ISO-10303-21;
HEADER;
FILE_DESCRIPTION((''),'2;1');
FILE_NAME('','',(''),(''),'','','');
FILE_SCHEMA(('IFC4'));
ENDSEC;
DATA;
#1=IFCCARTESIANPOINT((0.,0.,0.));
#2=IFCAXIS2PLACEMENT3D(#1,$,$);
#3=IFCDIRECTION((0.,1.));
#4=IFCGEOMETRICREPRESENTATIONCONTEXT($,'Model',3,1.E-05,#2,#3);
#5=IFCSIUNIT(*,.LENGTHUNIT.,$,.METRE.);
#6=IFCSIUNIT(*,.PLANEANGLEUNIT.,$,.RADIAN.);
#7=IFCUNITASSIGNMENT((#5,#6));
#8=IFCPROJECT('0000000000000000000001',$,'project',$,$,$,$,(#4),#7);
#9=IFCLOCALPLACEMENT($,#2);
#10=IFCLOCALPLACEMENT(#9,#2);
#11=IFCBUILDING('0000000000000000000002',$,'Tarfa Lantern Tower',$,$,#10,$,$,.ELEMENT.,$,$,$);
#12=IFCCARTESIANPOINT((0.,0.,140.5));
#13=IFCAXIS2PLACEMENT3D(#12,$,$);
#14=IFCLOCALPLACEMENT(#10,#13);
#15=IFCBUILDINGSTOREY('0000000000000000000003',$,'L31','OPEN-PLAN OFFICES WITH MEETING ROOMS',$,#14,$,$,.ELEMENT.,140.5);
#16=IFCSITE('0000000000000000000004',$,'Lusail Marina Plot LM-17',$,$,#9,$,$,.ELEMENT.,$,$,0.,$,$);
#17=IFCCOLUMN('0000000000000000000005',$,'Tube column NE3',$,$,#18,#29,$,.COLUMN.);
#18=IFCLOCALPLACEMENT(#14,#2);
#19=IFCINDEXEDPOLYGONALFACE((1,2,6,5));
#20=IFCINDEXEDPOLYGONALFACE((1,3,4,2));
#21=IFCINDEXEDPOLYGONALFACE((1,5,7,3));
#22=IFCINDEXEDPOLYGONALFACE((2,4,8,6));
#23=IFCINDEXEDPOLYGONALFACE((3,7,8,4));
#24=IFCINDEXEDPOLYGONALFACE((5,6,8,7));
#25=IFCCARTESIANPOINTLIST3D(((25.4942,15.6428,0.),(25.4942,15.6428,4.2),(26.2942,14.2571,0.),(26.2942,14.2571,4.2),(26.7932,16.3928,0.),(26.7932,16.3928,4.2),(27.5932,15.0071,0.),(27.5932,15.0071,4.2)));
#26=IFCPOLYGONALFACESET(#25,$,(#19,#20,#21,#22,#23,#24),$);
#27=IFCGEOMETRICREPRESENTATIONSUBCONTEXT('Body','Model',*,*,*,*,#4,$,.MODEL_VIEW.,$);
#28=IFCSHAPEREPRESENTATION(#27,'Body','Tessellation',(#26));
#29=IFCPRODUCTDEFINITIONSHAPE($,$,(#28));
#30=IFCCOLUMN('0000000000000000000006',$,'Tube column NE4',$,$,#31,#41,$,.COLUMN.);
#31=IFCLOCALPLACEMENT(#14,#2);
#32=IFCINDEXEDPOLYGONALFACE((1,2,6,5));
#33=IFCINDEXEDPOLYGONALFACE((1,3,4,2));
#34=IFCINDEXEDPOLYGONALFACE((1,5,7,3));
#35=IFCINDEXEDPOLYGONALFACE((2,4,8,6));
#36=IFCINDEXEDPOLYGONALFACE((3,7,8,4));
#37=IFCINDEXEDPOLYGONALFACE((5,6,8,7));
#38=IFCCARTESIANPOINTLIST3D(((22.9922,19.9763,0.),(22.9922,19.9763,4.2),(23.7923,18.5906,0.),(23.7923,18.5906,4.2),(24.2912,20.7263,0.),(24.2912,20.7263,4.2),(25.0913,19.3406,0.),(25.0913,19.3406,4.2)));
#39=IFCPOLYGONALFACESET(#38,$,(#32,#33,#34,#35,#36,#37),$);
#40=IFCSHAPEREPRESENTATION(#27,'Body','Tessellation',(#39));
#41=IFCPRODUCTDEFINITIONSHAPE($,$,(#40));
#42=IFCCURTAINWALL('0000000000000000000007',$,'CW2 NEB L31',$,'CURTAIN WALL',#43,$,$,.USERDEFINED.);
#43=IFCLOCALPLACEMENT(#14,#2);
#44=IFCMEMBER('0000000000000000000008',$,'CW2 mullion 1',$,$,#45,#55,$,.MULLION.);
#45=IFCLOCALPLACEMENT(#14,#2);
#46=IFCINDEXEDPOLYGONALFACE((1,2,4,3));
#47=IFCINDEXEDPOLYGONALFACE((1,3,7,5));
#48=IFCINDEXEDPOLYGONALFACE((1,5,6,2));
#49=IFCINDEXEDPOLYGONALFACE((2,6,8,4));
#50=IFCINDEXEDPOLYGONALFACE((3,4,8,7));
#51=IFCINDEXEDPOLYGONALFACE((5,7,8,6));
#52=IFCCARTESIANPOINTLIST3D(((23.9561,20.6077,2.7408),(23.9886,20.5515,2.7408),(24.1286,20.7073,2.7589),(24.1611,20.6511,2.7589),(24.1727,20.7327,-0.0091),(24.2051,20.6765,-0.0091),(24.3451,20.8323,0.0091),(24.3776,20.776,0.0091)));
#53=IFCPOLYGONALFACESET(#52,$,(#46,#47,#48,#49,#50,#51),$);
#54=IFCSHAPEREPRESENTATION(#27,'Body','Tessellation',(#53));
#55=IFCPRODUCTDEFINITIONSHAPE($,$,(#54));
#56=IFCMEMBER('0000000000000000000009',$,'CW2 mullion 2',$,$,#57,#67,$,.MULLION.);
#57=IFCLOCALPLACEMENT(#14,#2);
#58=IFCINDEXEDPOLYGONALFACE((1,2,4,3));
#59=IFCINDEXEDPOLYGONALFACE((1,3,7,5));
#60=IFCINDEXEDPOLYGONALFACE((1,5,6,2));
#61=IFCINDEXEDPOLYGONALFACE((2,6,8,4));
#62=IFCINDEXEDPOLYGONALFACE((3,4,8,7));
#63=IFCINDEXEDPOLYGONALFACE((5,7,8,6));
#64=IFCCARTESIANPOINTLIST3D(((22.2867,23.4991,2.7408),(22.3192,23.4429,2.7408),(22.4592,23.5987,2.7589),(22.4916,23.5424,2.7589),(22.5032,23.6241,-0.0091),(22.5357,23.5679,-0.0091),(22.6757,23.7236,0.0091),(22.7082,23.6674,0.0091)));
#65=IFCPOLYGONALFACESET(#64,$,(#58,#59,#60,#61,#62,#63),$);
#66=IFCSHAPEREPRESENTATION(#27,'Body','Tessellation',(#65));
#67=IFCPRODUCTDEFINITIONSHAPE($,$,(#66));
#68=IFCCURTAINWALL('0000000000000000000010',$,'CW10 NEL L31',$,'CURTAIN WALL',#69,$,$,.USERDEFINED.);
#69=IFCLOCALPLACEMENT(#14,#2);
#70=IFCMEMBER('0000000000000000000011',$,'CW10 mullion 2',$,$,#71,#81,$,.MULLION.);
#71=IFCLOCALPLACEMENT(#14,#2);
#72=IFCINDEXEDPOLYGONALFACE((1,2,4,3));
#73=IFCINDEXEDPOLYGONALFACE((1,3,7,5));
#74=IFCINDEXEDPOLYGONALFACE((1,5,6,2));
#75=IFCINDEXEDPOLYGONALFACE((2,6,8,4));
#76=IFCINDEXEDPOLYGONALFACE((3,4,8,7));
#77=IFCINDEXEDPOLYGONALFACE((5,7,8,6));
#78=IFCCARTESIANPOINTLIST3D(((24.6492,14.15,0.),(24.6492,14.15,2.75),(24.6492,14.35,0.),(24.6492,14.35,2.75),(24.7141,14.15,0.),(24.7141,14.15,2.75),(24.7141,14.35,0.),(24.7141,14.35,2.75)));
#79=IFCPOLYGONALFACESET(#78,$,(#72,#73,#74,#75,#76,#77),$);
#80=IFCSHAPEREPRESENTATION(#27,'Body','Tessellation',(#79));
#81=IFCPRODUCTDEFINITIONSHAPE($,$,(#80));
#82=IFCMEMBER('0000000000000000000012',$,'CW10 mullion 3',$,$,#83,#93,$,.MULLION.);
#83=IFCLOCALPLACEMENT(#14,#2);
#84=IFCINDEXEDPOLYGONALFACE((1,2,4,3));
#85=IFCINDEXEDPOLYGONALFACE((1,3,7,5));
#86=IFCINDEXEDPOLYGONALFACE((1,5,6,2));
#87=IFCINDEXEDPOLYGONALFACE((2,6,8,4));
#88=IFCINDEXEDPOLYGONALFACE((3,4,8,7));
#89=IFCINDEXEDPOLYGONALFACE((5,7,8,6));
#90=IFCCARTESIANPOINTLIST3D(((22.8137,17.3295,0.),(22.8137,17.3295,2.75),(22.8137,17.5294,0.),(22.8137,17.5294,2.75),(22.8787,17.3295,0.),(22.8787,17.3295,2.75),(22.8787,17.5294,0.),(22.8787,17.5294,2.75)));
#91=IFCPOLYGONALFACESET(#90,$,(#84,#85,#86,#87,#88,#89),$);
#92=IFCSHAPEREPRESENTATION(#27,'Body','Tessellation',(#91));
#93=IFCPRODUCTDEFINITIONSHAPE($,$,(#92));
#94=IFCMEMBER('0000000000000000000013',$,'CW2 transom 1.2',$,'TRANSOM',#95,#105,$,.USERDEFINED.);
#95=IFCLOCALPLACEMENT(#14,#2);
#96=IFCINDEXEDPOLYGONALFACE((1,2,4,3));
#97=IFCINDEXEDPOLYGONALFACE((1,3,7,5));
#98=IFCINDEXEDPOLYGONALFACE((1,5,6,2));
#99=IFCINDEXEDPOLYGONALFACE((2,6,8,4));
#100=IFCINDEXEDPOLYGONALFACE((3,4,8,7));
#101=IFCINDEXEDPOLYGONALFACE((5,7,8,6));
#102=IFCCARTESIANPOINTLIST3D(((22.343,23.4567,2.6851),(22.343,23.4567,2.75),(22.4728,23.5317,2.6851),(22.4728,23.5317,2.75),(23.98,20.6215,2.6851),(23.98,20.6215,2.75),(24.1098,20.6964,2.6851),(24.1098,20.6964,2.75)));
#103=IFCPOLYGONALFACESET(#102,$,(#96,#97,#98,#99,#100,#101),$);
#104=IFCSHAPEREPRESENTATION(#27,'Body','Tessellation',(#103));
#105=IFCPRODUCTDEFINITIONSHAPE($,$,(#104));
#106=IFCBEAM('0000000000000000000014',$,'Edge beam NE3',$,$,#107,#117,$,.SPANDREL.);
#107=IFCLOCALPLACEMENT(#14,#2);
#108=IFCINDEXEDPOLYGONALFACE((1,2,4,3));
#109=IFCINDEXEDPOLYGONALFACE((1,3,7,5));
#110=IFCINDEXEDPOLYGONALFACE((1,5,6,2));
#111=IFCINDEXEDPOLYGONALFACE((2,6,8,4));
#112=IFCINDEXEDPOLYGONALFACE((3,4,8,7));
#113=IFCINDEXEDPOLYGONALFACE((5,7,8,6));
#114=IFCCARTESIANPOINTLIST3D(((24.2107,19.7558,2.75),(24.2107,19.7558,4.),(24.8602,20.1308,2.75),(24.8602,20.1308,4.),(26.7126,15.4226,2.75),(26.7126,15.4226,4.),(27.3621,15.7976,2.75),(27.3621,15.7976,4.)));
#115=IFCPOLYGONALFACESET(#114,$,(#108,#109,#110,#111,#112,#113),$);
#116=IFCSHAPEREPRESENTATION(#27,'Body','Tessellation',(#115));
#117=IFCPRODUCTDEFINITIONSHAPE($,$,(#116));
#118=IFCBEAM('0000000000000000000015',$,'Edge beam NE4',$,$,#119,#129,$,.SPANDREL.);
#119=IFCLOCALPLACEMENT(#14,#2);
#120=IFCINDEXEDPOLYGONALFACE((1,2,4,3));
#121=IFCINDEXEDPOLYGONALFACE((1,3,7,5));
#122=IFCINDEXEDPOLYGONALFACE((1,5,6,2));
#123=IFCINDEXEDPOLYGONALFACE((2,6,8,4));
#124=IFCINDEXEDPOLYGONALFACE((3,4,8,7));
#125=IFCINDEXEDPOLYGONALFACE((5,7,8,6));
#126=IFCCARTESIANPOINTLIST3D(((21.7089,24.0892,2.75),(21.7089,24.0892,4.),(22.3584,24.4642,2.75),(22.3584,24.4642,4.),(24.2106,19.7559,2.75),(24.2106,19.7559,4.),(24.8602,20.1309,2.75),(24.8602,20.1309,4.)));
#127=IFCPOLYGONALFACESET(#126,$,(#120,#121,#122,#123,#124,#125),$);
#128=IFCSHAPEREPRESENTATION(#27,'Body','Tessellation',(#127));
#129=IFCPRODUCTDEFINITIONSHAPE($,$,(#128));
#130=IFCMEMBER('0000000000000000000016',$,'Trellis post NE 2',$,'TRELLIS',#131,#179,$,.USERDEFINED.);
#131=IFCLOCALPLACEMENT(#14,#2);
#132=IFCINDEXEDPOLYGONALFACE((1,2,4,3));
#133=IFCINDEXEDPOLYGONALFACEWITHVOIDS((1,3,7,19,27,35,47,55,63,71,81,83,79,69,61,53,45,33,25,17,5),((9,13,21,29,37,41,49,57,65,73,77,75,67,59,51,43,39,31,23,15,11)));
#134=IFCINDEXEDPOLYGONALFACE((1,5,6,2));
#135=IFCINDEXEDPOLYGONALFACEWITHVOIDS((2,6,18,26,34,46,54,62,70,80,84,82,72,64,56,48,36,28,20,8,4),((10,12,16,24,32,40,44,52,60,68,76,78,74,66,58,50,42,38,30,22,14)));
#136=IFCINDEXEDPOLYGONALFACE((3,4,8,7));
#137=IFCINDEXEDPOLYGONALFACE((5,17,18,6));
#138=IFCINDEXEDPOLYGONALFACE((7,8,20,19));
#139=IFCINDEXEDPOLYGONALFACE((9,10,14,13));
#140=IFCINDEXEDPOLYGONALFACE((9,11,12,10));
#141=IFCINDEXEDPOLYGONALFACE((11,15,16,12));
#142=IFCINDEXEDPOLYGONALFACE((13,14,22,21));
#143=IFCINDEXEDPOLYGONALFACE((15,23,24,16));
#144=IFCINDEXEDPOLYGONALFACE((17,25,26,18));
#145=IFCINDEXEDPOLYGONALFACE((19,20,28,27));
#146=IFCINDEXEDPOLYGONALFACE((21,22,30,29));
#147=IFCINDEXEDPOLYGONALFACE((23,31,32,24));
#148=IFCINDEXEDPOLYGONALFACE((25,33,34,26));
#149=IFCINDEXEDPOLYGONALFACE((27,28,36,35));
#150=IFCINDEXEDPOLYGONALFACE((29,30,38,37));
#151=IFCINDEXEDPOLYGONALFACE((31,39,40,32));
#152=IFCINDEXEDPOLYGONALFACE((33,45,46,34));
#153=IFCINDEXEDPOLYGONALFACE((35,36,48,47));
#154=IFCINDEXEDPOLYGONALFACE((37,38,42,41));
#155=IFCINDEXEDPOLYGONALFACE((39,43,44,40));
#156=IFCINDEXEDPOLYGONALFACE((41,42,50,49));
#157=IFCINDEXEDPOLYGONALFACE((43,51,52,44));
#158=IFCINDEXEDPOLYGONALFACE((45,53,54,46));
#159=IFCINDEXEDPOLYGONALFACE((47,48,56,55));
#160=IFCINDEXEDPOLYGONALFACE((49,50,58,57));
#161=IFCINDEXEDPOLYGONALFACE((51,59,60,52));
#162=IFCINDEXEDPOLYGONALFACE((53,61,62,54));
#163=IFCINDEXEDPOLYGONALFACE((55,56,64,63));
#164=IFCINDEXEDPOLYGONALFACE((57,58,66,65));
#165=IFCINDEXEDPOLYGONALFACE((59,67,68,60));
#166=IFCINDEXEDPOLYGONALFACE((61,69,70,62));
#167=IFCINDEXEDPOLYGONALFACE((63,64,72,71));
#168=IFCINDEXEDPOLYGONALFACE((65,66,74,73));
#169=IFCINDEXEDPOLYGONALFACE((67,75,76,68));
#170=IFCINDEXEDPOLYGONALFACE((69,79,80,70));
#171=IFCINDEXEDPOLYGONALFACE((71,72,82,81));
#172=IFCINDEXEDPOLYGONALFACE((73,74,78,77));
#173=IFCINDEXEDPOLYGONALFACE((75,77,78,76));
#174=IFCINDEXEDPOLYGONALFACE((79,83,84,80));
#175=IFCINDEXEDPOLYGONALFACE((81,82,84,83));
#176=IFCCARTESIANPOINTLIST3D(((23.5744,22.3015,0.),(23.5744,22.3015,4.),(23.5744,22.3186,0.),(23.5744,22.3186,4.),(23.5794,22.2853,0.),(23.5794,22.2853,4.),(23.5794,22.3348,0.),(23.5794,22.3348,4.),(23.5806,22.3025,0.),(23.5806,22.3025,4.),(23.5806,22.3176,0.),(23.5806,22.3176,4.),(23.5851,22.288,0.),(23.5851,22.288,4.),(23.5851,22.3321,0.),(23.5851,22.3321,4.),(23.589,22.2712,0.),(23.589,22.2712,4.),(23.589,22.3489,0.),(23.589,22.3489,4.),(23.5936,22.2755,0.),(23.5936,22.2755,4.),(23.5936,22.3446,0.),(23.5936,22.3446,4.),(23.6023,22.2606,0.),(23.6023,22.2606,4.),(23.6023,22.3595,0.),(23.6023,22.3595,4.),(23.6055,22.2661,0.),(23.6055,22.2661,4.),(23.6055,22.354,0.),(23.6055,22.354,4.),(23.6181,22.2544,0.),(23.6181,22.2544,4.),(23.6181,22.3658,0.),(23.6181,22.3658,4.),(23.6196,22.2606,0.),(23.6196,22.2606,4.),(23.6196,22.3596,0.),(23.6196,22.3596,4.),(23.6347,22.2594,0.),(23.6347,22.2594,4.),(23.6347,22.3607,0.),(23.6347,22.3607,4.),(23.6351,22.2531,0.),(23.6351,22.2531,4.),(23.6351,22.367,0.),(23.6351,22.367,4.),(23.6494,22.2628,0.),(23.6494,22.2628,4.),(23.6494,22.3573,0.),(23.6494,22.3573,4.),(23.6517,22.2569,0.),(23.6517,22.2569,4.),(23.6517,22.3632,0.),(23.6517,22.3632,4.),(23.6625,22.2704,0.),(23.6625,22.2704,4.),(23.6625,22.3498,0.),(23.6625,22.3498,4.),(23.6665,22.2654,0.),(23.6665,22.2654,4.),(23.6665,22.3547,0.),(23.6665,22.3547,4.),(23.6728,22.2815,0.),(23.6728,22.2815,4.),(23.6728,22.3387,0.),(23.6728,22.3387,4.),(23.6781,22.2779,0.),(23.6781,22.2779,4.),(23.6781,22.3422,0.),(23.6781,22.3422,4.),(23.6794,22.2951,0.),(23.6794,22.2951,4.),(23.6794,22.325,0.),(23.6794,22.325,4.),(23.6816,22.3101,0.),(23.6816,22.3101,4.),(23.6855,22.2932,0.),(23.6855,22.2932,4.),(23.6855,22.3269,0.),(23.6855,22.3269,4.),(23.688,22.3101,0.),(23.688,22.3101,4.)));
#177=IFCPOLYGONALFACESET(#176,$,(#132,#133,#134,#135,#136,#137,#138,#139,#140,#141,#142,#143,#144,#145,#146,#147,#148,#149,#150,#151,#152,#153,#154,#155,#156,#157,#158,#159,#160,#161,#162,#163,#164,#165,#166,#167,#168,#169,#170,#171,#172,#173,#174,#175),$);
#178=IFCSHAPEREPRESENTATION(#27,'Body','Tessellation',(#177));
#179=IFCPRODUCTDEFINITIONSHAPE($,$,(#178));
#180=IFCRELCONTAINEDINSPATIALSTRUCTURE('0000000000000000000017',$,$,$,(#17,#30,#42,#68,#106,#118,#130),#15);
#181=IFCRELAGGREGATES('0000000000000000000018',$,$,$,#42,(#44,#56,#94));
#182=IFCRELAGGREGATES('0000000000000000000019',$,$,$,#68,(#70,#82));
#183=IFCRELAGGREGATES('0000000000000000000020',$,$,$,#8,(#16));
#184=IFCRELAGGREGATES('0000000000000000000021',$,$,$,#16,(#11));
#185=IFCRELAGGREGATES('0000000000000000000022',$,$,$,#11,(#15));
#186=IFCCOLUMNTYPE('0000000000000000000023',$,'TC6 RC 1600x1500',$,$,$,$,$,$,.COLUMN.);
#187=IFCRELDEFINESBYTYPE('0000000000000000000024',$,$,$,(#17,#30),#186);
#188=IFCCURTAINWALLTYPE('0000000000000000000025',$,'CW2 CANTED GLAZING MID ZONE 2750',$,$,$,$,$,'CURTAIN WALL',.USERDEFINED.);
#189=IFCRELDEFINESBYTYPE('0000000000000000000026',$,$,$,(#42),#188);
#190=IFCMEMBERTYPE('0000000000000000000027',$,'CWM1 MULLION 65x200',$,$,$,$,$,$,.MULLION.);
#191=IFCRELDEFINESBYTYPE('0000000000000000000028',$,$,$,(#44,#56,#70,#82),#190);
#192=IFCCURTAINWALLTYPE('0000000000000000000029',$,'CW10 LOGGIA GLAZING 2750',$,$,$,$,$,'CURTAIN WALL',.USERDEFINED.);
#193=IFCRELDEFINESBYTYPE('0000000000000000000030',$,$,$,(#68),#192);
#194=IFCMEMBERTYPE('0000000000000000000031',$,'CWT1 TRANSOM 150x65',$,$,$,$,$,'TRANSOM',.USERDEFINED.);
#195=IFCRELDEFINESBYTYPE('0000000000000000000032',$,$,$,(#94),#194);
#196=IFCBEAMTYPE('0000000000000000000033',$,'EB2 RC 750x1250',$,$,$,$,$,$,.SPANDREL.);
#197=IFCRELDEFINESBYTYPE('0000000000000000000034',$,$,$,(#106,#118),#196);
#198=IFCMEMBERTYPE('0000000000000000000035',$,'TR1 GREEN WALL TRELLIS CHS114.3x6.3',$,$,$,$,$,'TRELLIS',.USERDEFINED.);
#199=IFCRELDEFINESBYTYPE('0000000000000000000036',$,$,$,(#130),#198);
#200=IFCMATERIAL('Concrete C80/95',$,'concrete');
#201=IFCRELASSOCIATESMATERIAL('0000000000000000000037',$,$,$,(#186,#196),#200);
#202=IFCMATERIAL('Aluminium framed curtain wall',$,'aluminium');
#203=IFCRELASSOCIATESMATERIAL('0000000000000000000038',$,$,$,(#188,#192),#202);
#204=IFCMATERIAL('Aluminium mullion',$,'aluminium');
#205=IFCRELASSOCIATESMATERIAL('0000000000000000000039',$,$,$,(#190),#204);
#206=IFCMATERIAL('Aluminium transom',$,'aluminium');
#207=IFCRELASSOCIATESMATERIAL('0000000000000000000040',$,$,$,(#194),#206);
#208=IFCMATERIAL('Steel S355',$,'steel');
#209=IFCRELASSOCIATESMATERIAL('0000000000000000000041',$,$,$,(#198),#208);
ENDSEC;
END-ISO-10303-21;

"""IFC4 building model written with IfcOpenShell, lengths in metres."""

from ifc_helpers import new_model, si_unit, direction, frame, origin, origin_2d, place, context, subcontext, project, spatial, rectangle, hollow_circle, extrude, material, material_profile, profile_set, type_object, element, aggregate, save


model = new_model("IFC4")

# Units and contexts
model_context = context("Model", 3, precision=1e-05, world=origin(), true_north=direction((0.0, 1.0)))
body_context = subcontext(model_context, "Body", "Model", "MODEL_VIEW")
ifc_project = project(units=[si_unit("LENGTHUNIT", "METRE"), si_unit("PLANEANGLEUNIT", "RADIAN")], contexts=[model_context])

# Site, building, storey
site_placement = place(None, origin())
site = spatial("IfcSite", under=ifc_project, at=site_placement, Name="Lusail Marina Plot LM-17", CompositionType="ELEMENT", RefElevation=0.0)
building_placement = place(site_placement, origin())
building = spatial("IfcBuilding", under=site, at=building_placement, Name="Tarfa Lantern Tower", CompositionType="ELEMENT")
storey_placement = place(building_placement, frame((0.0, 0.0, 140.5)))
storey = spatial("IfcBuildingStorey", under=building, at=storey_placement, Name="L31", Description="OPEN-PLAN OFFICES WITH MEETING ROOMS", CompositionType="ELEMENT", Elevation=140.5)

# Columns
ifc_material_1 = material(Name="Concrete C80/95", Category="concrete")
ifc_material_profile_1 = material_profile(ifc_material_1, rectangle(XDim=1.6001, YDim=1.5, at=origin_2d()), Name="RC 1600x1500")
ifc_profile_set_1 = profile_set([ifc_material_profile_1], Name="Concrete C80/95")
column_type = type_object("IfcColumnType", Name="TC6 RC 1600x1500", PredefinedType="COLUMN", material=ifc_profile_set_1)
for number, where, z_axis, x_axis, name in (
    (1, (26.5437, 15.325, 0.0), (0.0, 0.0, 1.0), (-0.5, 0.866025, 0.0), "Tube column NE3"),
    (2, (24.0417, 19.6584, 0.0), (0.0, 0.0, 1.0), (-0.5, 0.866025, 0.0), "Tube column NE4"),
):
    element("IfcColumn", number, at=place(storey_placement, frame(where, z_axis=z_axis, x_axis=x_axis)), inside=storey, type_object=column_type, Name=name, PredefinedType="COLUMN", context=body_context, shape_type="SweptSolid", body=[
        extrude(rectangle(XDim=1.6001, YDim=1.5, at=origin_2d()), origin(), (0.0, 0.0, 1.0), 4.2),
    ])

# Curtain walls, members
ifc_material_2 = material(Name="Aluminium framed curtain wall", Category="aluminium")
curtain_wall_type_1 = type_object("IfcCurtainWallType", Name="CW2 CANTED GLAZING MID ZONE 2750", ElementType="CURTAIN WALL", PredefinedType="USERDEFINED", material=ifc_material_2)
curtain_wall_1_placement = place(storey_placement, origin())
curtain_wall_1 = element("IfcCurtainWall", 3, at=curtain_wall_1_placement, inside=storey, type_object=curtain_wall_type_1, Name="CW2 NEB L31", ObjectType="CURTAIN WALL", PredefinedType="USERDEFINED")
ifc_material_3 = material(Name="Aluminium mullion", Category="aluminium")
ifc_material_profile_2 = material_profile(ifc_material_3, rectangle(XDim=0.0649, YDim=0.2, at=origin_2d()), Name="AL MULLION 65x200")
ifc_profile_set_2 = profile_set([ifc_material_profile_2], Name="Aluminium mullion")
member_type_1 = type_object("IfcMemberType", Name="CWM1 MULLION 65x200", PredefinedType="MULLION", material=ifc_profile_set_2)
member_1_placement = place(storey_placement, frame((24.2751, 20.7544, 0.0), z_axis=(-0.078423, -0.045268, 0.995892), x_axis=(0.49992, -0.866072, 0.0)))
member_1 = element("IfcMember", 4, at=member_1_placement, type_object=member_type_1, Name="CW2 mullion 1", PredefinedType="MULLION", context=body_context, shape_type="SweptSolid", body=[
    extrude(rectangle(XDim=0.0649, YDim=0.2, at=origin_2d()), origin(), (0.0, 0.0, 1.0), 2.7612),
])
member_2_placement = place(storey_placement, frame((22.6057, 23.6458, 0.0), z_axis=(-0.078423, -0.045268, 0.995892), x_axis=(0.49992, -0.866072, 0.0)))
member_2 = element("IfcMember", 5, at=member_2_placement, type_object=member_type_1, Name="CW2 mullion 2", PredefinedType="MULLION", context=body_context, shape_type="SweptSolid", body=[
    extrude(rectangle(XDim=0.0649, YDim=0.2, at=origin_2d()), origin(), (0.0, 0.0, 1.0), 2.7612),
])
curtain_wall_type_2 = type_object("IfcCurtainWallType", Name="CW10 LOGGIA GLAZING 2750", ElementType="CURTAIN WALL", PredefinedType="USERDEFINED", material=ifc_material_2)
curtain_wall_2_placement = place(storey_placement, origin())
curtain_wall_2 = element("IfcCurtainWall", 6, at=curtain_wall_2_placement, inside=storey, type_object=curtain_wall_type_2, Name="CW10 NEL L31", ObjectType="CURTAIN WALL", PredefinedType="USERDEFINED")
member_3_placement = place(storey_placement, frame((24.6816, 14.25, 0.0), z_axis=(0.0, 0.0, 1.0), x_axis=(1.0, 0.0, 0.0)))
member_3 = element("IfcMember", 7, at=member_3_placement, type_object=member_type_1, Name="CW10 mullion 2", PredefinedType="MULLION", context=body_context, shape_type="SweptSolid", body=[
    extrude(rectangle(XDim=0.0649, YDim=0.2, at=origin_2d()), origin(), (0.0, 0.0, 1.0), 2.75),
])
member_4_placement = place(storey_placement, frame((22.8462, 17.4294, 0.0), z_axis=(0.0, 0.0, 1.0), x_axis=(1.0, 0.0, 0.0)))
member_4 = element("IfcMember", 8, at=member_4_placement, type_object=member_type_1, Name="CW10 mullion 3", PredefinedType="MULLION", context=body_context, shape_type="SweptSolid", body=[
    extrude(rectangle(XDim=0.0649, YDim=0.2, at=origin_2d()), origin(), (0.0, 0.0, 1.0), 2.75),
])

# Member
ifc_material_4 = material(Name="Aluminium transom", Category="aluminium")
ifc_material_profile_3 = material_profile(ifc_material_4, rectangle(XDim=0.1499, YDim=0.0649, at=origin_2d()), Name="AL TRANSOM 150x65")
ifc_profile_set_3 = profile_set([ifc_material_profile_3], Name="Aluminium transom")
member_type_2 = type_object("IfcMemberType", Name="CWT1 TRANSOM 150x65", ElementType="TRANSOM", PredefinedType="USERDEFINED", material=ifc_profile_set_3)
member_5_placement = place(storey_placement, frame((24.0449, 20.6589, 2.7175), z_axis=(-0.500013, 0.866018, 0.0), x_axis=(-0.866018, -0.500013, 0.0)))
member_5 = element("IfcMember", 9, at=member_5_placement, type_object=member_type_2, Name="CW2 transom 1.2", ObjectType="TRANSOM", PredefinedType="USERDEFINED", context=body_context, shape_type="SweptSolid", body=[
    extrude(rectangle(XDim=0.1499, YDim=0.0649, at=origin_2d()), origin(), (0.0, 0.0, 1.0), 3.2739),
])

# Beams
ifc_material_profile_4 = material_profile(ifc_material_1, rectangle(XDim=0.75, YDim=1.25, at=origin_2d()), Name="RC 750x1250")
ifc_profile_set_4 = profile_set([ifc_material_profile_4], Name="Concrete C80/95")
beam_type_1 = type_object("IfcBeamType", Name="EB2 RC 750x1250", PredefinedType="SPANDREL", material=ifc_profile_set_4)
for number, where, z_axis, x_axis, name in (
    (10, (27.0374, 15.6101, 3.375), (-0.500022, 0.866013, 0.0), (-0.866013, -0.500022, 0.0), "Edge beam NE3"),
    (11, (24.5354, 19.9434, 3.375), (-0.499986, 0.866034, 0.0), (-0.866034, -0.499986, 0.0), "Edge beam NE4"),
):
    element("IfcBeam", number, at=place(storey_placement, frame(where, z_axis=z_axis, x_axis=x_axis)), inside=storey, type_object=beam_type_1, Name=name, PredefinedType="SPANDREL", context=body_context, shape_type="SweptSolid", body=[
        extrude(rectangle(XDim=0.75, YDim=1.25, at=origin_2d()), origin(), (0.0, 0.0, 1.0), 5.0037),
    ])

# Member
ifc_material_5 = material(Name="Steel S355", Category="steel")
ifc_material_profile_5 = material_profile(ifc_material_5, hollow_circle(Radius=0.0571, WallThickness=0.0063, at=origin_2d()), Name="CHS114.3x6.3")
ifc_profile_set_5 = profile_set([ifc_material_profile_5], Name="Steel S355")
member_type_3 = type_object("IfcMemberType", Name="TR1 GREEN WALL TRELLIS CHS114.3x6.3", ElementType="TRELLIS", PredefinedType="USERDEFINED", material=ifc_profile_set_5)
member_6_placement = place(storey_placement, frame((23.6309, 22.3101, 0.0), z_axis=(0.0, 0.0, 1.0), x_axis=(1.0, 0.0, 0.0)))
element("IfcMember", 12, at=member_6_placement, inside=storey, type_object=member_type_3, Name="Trellis post NE 2", ObjectType="TRELLIS", PredefinedType="USERDEFINED", context=body_context, shape_type="SweptSolid", body=[
    extrude(hollow_circle(Radius=0.0571, WallThickness=0.0063, at=origin_2d()), origin(), (0.0, 0.0, 1.0), 4.0),
])

aggregate(curtain_wall_1, [member_1, member_2, member_5])
aggregate(curtain_wall_2, [member_3, member_4])

save(model, "model.ifc")
